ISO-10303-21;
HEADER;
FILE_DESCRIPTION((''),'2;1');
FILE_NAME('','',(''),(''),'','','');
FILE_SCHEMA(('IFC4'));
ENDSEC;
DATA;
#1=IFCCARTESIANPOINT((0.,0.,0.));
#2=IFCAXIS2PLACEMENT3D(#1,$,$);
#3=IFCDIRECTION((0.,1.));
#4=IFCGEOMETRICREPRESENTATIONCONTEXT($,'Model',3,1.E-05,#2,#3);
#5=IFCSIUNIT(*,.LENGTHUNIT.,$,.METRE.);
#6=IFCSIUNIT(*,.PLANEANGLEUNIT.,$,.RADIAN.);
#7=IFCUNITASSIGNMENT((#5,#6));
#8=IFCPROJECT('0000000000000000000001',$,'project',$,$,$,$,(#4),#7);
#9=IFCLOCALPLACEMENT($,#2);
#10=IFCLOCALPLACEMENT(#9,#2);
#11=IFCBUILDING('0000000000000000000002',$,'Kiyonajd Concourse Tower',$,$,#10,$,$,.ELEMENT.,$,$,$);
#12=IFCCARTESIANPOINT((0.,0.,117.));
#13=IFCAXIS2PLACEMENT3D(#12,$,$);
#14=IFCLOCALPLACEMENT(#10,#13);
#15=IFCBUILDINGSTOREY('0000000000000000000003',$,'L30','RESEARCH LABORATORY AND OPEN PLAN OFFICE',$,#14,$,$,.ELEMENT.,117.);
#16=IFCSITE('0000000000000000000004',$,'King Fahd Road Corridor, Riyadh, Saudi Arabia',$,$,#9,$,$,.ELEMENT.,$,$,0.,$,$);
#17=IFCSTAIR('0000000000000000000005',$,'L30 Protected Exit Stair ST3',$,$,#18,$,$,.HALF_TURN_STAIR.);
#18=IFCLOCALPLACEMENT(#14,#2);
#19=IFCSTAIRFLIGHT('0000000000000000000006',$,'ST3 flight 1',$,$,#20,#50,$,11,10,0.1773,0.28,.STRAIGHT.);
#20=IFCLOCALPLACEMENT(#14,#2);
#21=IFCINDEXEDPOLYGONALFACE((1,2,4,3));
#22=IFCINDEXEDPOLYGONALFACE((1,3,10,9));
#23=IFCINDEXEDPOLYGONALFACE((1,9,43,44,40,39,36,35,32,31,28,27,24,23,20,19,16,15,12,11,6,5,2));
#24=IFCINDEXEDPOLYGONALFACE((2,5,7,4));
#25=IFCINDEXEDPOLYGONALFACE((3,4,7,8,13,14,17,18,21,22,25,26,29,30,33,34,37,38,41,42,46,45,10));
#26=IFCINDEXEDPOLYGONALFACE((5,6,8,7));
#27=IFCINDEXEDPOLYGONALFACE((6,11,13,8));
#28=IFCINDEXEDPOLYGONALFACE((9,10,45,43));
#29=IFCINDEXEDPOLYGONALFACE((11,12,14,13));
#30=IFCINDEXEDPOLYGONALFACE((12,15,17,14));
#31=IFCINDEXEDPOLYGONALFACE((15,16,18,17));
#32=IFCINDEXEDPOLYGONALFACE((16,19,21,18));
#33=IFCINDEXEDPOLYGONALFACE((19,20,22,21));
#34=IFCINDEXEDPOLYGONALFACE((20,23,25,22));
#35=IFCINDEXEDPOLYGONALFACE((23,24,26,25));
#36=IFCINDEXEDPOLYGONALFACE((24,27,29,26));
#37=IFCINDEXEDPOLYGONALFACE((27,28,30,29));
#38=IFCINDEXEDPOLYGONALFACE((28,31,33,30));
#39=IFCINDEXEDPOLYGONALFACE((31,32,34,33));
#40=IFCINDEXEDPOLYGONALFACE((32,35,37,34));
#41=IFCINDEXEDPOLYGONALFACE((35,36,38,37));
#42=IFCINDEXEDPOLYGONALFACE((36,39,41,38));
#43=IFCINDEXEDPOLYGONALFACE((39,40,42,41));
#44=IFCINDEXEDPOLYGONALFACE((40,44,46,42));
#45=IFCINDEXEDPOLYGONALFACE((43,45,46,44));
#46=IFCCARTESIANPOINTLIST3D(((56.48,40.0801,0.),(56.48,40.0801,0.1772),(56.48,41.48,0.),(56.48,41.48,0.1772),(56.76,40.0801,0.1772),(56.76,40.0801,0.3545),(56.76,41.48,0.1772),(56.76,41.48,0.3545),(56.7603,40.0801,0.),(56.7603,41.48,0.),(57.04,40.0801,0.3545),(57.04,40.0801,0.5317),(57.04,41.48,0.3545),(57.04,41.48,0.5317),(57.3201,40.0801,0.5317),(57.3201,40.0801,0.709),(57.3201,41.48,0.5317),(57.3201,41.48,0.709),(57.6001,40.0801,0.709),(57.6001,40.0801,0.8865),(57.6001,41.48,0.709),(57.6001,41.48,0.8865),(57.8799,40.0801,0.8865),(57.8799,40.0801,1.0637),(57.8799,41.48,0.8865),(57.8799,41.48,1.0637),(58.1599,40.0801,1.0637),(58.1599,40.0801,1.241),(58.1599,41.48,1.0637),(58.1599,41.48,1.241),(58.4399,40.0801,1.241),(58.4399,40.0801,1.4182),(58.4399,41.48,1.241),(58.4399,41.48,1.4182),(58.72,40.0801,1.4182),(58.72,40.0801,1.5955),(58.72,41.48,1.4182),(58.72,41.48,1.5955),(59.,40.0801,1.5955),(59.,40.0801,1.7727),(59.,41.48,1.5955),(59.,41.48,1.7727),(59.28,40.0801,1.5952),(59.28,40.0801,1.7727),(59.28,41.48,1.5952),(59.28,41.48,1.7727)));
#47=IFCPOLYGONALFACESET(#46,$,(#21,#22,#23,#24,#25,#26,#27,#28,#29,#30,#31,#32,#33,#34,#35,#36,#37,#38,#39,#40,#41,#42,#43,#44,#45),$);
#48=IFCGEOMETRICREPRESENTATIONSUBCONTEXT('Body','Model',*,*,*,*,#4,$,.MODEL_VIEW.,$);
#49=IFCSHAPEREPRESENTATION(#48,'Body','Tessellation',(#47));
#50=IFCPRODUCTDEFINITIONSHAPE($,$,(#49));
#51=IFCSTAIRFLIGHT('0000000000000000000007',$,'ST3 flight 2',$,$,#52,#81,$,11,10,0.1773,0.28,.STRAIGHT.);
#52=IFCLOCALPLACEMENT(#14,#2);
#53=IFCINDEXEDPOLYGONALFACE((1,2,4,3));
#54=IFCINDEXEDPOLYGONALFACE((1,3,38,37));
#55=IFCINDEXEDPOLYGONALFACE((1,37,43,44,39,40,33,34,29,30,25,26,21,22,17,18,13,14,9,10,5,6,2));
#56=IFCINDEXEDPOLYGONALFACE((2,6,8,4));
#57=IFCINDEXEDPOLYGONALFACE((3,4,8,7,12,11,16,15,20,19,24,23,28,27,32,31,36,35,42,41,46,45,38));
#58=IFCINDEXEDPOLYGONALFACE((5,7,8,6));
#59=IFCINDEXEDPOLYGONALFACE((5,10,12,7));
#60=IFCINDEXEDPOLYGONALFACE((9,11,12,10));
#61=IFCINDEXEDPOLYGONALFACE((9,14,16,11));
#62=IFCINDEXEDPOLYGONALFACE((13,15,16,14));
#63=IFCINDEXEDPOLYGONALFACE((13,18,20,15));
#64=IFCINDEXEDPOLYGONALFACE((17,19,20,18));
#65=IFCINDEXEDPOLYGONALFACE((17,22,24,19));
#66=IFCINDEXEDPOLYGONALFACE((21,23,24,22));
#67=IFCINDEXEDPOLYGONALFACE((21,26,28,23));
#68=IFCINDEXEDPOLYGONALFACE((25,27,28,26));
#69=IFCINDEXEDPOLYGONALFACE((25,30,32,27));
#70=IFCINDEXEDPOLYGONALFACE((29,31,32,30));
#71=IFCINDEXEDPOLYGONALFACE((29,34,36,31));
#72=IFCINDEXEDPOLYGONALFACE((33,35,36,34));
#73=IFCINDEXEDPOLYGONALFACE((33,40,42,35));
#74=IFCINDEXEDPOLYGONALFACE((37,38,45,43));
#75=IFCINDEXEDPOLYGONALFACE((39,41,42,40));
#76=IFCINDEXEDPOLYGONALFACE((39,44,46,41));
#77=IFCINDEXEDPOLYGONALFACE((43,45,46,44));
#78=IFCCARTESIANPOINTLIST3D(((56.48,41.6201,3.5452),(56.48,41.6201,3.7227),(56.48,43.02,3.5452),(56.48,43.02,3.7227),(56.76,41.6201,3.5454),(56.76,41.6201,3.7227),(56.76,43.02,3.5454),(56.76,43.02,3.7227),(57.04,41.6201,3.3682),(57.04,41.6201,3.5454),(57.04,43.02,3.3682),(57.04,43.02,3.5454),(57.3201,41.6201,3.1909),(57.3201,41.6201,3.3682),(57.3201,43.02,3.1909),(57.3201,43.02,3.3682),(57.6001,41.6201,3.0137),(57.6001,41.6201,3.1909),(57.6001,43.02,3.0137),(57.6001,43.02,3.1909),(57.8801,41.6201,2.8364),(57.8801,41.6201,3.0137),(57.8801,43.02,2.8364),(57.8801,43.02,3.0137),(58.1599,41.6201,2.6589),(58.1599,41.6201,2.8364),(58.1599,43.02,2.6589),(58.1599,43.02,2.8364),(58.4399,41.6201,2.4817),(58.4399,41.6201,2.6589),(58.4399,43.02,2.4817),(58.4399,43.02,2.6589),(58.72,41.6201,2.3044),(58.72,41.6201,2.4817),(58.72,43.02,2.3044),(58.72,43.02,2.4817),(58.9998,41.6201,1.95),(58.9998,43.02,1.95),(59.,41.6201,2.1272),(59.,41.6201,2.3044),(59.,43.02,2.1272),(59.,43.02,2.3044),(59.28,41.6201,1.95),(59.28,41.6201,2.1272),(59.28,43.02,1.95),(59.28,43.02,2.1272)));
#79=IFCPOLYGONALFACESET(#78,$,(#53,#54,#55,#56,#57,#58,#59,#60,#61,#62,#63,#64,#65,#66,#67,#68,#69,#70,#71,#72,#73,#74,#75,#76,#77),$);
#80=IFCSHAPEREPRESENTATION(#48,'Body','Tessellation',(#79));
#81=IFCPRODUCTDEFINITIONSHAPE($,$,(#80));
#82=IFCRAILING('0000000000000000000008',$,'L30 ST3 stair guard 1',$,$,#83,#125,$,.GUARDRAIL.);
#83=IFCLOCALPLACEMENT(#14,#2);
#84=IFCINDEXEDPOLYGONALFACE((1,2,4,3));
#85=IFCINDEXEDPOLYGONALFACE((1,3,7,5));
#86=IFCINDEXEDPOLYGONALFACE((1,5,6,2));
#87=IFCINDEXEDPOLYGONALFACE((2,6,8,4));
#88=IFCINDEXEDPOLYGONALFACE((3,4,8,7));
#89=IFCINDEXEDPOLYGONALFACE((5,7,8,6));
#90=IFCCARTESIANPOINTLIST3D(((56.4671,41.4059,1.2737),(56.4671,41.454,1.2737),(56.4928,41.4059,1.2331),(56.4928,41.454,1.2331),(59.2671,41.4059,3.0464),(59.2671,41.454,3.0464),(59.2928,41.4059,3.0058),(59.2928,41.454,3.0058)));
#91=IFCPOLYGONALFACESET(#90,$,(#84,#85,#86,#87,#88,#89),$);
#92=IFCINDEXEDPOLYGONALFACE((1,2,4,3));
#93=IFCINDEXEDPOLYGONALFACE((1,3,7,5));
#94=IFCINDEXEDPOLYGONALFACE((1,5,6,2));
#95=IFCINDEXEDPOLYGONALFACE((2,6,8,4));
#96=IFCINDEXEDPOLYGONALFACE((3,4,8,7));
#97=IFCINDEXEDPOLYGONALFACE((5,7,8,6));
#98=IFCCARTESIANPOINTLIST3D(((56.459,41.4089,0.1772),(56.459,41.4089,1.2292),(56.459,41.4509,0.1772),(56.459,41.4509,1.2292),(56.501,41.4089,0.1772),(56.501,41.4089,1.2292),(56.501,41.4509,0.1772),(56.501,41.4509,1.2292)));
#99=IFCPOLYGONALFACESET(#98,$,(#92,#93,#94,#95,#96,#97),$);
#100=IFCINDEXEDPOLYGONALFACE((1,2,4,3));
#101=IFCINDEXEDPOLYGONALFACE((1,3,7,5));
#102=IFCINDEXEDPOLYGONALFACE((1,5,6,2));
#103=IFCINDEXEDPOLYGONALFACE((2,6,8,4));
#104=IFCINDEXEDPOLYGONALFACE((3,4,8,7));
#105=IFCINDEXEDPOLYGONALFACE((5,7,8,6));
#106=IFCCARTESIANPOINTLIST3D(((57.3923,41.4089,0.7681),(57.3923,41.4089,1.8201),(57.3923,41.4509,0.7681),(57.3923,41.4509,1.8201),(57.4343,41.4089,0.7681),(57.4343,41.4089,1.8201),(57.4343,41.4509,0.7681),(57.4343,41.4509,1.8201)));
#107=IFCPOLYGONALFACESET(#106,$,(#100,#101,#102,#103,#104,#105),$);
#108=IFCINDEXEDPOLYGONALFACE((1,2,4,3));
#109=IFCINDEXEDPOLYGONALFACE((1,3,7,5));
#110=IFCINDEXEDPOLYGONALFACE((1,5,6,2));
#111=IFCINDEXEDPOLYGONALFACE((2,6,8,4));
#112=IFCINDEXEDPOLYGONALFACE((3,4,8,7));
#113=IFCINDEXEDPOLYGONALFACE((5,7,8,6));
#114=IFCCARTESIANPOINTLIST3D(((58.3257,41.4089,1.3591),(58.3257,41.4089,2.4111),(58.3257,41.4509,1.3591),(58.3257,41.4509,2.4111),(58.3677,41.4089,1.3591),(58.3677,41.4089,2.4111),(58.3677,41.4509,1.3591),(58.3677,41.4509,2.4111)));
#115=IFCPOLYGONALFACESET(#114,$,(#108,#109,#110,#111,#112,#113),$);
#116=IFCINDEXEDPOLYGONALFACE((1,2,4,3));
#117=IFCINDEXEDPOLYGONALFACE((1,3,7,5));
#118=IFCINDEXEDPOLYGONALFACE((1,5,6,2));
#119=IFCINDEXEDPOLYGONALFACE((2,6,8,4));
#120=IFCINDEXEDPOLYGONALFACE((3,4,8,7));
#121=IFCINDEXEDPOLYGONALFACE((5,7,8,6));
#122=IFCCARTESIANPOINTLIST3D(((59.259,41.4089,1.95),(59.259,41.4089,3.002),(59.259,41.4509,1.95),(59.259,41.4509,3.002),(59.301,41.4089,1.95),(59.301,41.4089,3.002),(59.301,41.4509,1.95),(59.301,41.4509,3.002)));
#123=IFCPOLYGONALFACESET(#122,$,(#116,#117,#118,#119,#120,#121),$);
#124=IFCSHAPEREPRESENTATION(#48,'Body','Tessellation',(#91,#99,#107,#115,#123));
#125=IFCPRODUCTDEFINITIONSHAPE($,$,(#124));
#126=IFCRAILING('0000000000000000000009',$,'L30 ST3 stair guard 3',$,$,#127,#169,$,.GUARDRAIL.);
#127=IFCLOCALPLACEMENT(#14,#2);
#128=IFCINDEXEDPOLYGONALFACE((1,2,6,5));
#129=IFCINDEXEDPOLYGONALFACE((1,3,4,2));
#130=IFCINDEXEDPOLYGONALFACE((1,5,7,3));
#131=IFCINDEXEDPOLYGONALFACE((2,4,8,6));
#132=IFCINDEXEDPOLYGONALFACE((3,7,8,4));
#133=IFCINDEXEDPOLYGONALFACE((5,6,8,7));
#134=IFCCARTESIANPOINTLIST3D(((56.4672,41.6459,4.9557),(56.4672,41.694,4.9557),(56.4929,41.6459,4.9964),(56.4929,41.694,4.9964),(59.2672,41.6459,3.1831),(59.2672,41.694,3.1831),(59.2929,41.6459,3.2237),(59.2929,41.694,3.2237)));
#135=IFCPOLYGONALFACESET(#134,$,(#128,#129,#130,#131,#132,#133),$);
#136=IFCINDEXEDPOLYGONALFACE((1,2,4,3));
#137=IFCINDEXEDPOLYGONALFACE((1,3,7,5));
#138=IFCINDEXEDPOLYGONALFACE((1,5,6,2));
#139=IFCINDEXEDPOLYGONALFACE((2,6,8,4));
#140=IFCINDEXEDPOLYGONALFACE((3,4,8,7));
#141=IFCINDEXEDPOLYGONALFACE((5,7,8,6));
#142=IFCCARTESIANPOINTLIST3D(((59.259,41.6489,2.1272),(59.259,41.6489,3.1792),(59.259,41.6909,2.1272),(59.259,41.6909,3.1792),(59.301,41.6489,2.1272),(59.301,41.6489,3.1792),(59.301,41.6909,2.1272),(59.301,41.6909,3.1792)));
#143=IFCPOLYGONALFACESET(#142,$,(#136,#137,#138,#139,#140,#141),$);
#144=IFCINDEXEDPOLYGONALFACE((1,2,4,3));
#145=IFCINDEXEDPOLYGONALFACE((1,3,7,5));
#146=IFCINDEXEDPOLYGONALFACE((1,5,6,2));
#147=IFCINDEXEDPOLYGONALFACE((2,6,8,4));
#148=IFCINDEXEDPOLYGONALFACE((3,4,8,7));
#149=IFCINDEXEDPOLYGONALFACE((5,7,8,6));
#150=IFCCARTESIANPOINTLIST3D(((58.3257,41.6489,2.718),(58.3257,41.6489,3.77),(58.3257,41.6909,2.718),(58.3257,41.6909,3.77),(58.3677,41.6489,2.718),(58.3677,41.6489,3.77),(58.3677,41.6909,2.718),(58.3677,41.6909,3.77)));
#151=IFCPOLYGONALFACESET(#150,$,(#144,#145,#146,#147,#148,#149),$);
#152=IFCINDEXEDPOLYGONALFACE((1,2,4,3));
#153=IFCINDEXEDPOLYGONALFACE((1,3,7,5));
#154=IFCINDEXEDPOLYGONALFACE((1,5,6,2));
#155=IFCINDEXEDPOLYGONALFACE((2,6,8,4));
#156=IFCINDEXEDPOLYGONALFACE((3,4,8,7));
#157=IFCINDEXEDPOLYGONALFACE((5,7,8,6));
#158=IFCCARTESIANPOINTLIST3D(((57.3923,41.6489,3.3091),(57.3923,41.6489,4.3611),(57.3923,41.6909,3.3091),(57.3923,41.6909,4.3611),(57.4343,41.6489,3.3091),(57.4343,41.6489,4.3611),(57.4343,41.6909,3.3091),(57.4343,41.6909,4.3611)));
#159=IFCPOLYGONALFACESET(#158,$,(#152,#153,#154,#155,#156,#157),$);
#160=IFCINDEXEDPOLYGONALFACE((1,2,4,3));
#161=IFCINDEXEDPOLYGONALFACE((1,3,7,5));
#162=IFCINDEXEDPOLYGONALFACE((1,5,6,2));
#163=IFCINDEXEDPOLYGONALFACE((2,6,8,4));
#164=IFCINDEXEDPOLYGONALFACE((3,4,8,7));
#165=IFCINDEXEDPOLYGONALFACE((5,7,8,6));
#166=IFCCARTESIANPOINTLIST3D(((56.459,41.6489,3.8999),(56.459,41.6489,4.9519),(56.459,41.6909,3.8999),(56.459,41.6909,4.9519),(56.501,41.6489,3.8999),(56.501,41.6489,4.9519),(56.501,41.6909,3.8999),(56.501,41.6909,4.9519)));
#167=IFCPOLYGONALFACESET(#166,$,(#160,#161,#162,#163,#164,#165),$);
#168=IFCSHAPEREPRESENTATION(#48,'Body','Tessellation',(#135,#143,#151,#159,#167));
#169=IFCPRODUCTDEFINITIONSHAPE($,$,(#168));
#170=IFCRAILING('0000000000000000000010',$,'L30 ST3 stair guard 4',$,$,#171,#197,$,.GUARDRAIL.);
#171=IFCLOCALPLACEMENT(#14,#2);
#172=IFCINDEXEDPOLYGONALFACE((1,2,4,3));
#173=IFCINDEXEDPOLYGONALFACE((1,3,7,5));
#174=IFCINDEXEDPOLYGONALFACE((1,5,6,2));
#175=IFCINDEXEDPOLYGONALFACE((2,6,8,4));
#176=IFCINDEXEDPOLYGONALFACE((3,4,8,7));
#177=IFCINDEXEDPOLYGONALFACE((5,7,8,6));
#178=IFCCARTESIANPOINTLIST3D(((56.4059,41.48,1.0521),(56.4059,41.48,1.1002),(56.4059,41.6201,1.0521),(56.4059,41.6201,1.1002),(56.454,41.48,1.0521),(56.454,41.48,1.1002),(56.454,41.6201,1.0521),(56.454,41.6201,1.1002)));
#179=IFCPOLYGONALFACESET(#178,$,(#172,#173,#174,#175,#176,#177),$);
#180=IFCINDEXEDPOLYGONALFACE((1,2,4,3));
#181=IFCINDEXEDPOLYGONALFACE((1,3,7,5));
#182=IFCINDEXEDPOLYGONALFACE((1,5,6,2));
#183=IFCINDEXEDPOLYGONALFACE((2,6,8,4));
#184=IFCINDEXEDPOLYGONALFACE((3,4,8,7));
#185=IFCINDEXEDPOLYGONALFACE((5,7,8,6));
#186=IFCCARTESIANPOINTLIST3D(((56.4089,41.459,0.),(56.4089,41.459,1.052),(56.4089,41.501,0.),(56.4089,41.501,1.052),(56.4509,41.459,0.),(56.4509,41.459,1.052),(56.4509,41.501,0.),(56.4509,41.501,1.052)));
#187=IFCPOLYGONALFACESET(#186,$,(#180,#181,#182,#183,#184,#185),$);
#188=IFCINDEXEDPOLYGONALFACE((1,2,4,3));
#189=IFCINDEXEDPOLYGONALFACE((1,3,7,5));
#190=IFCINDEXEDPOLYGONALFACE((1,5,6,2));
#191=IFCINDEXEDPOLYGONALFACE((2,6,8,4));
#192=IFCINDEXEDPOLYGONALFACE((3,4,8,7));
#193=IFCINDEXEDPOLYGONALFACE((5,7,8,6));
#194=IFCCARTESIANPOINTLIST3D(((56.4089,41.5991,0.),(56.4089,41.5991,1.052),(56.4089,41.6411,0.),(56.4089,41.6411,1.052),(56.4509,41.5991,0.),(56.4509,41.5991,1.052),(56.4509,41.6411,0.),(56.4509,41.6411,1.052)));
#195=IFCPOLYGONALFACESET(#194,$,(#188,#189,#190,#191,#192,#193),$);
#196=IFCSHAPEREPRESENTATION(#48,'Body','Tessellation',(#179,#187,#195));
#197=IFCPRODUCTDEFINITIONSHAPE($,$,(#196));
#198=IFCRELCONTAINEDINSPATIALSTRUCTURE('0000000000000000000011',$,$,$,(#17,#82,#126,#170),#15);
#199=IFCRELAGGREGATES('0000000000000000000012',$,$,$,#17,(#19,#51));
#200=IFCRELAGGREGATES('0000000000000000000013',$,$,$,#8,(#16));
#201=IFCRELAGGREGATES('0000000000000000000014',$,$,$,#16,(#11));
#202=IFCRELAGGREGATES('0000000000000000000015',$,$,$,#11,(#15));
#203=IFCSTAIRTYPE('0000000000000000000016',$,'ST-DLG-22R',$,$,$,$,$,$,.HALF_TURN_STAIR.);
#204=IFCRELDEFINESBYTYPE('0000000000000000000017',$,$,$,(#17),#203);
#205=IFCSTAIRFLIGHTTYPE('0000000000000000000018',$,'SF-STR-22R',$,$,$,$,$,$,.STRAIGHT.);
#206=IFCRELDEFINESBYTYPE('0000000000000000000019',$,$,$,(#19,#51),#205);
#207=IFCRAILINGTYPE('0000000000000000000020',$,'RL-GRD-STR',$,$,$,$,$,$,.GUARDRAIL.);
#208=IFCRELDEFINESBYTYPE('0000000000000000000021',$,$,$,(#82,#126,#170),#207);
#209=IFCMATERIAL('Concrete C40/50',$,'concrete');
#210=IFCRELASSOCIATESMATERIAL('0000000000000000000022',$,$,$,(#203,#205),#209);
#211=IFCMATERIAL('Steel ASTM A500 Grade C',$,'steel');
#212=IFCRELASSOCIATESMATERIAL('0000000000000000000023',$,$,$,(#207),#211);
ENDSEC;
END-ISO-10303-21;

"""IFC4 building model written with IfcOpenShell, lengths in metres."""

from ifc_helpers import new_model, si_unit, direction, frame, origin, origin_2d, place, context, subcontext, project, spatial, polyline, rectangle, outline, extrude, material, type_object, element, aggregate, save


model = new_model("IFC4")

# Units and contexts
model_context = context("Model", 3, precision=1e-05, world=origin(), true_north=direction((0.0, 1.0)))
body_context = subcontext(model_context, "Body", "Model", "MODEL_VIEW")
ifc_project = project(units=[si_unit("LENGTHUNIT", "METRE"), si_unit("PLANEANGLEUNIT", "RADIAN")], contexts=[model_context])

# Site, building, storey
site_placement = place(None, origin())
site = spatial("IfcSite", under=ifc_project, at=site_placement, Name="King Fahd Road Corridor, Riyadh, Saudi Arabia", CompositionType="ELEMENT", RefElevation=0.0)
building_placement = place(site_placement, origin())
building = spatial("IfcBuilding", under=site, at=building_placement, Name="Kiyonajd Concourse Tower", CompositionType="ELEMENT")
storey_placement = place(building_placement, frame((0.0, 0.0, 117.0)))
storey = spatial("IfcBuildingStorey", under=building, at=storey_placement, Name="L30", Description="RESEARCH LABORATORY AND OPEN PLAN OFFICE", CompositionType="ELEMENT", Elevation=117.0)

# Stair, stair flights
ifc_material_1 = material(Name="Concrete C40/50", Category="concrete")
stair_type = type_object("IfcStairType", Name="ST-DLG-22R", PredefinedType="HALF_TURN_STAIR", material=ifc_material_1)
stair_placement = place(storey_placement, origin())
stair = element("IfcStair", 1, at=stair_placement, inside=storey, type_object=stair_type, Name="L30 Protected Exit Stair ST3", PredefinedType="HALF_TURN_STAIR")
stair_flight_type = type_object("IfcStairFlightType", Name="SF-STR-22R", PredefinedType="STRAIGHT", material=ifc_material_1)
stair_flight_1_placement = place(storey_placement, frame((56.48, 40.78, 0.0), z_axis=(0.0, 0.0, 1.0), x_axis=(1.0, 0.0, 0.0)))
stair_flight_1 = element("IfcStairFlight", 2, at=stair_flight_1_placement, type_object=stair_flight_type, Name="ST3 flight 1", NumberOfRisers=11, NumberOfTreads=10, PredefinedType="STRAIGHT", RiserHeight=0.1773, TreadLength=0.28, context=body_context, shape_type="SweptSolid", body=[
    extrude(outline(polyline([(0.0, 0.0), (0.0, 0.1772), (0.28, 0.1772), (0.28, 0.3545), (0.5601, 0.3545), (0.5601, 0.5317), (0.8401, 0.5317), (0.8401, 0.709), (1.1201, 0.709), (1.1201, 0.8865), (1.3999, 0.8865), (1.3999, 1.0637), (1.6799, 1.0637), (1.6799, 1.241), (1.96, 1.241), (1.96, 1.4182), (2.24, 1.4182), (2.24, 1.5955), (2.52, 1.5955), (2.52, 1.7727), (2.8, 1.7727), (2.8, 1.95), (2.8, 1.5952), (0.2803, 0.0), (0.0, 0.0)])), frame((0.0, 0.7, 0.0), z_axis=(0.0, -1.0, 0.0), x_axis=(1.0, 0.0, 0.0)), (0.0, 0.0, 1.0), 1.3999),
])
stair_flight_2_placement = place(storey_placement, frame((59.28, 42.3201, 1.95), z_axis=(0.0, 0.0, 1.0), x_axis=(-1.0, 0.0, 0.0)))
stair_flight_2 = element("IfcStairFlight", 3, at=stair_flight_2_placement, type_object=stair_flight_type, Name="ST3 flight 2", NumberOfRisers=11, NumberOfTreads=10, PredefinedType="STRAIGHT", RiserHeight=0.1773, TreadLength=0.28, context=body_context, shape_type="SweptSolid", body=[
    extrude(outline(polyline([(0.0, 0.0), (0.0, 0.1772), (0.28, 0.1772), (0.28, 0.3545), (0.5601, 0.3545), (0.5601, 0.5317), (0.8401, 0.5317), (0.8401, 0.709), (1.1201, 0.709), (1.1201, 0.8865), (1.3999, 0.8865), (1.3999, 1.0637), (1.6799, 1.0637), (1.6799, 1.241), (1.96, 1.241), (1.96, 1.4182), (2.24, 1.4182), (2.24, 1.5955), (2.52, 1.5955), (2.52, 1.7727), (2.8, 1.7727), (2.8, 1.95), (2.8, 1.5952), (0.2803, 0.0), (0.0, 0.0)])), frame((0.0, 0.7, 0.0), z_axis=(0.0, -1.0, 0.0), x_axis=(1.0, 0.0, 0.0)), (0.0, 0.0, 1.0), 1.3999),
])
aggregate(stair, [stair_flight_1, stair_flight_2])

# Railings
ifc_material_2 = material(Name="Steel ASTM A500 Grade C", Category="steel")
railing_type_1 = type_object("IfcRailingType", Name="RL-GRD-STR", PredefinedType="GUARDRAIL", material=ifc_material_2)
railing_1_placement = place(storey_placement, frame((56.48, 41.4299, 0.1772)))
element("IfcRailing", 4, at=railing_1_placement, inside=storey, type_object=railing_type_1, Name="L30 ST3 stair guard 1", PredefinedType="GUARDRAIL", context=body_context, shape_type="SweptSolid", body=[
    extrude(rectangle(XDim=0.0481, YDim=0.0481, at=origin_2d()), frame((0.0, 0.0, 1.0762), z_axis=(0.844909, 0.0, 0.53491), x_axis=(0.0, 1.0, 0.0)), (0.0, 0.0, 1.0), 3.314),
    extrude(rectangle(XDim=0.042, YDim=0.042, at=origin_2d()), origin(), (0.0, 0.0, 1.0), 1.052),
    extrude(rectangle(XDim=0.042, YDim=0.042, at=origin_2d()), frame((0.9333, 0.0, 0.5908)), (0.0, 0.0, 1.0), 1.052),
    extrude(rectangle(XDim=0.042, YDim=0.042, at=origin_2d()), frame((1.8667, 0.0, 1.1819)), (0.0, 0.0, 1.0), 1.052),
    extrude(rectangle(XDim=0.042, YDim=0.042, at=origin_2d()), frame((2.8, 0.0, 1.7727)), (0.0, 0.0, 1.0), 1.052),
])
railing_2_placement = place(storey_placement, frame((59.28, 41.6699, 2.1272)))
element("IfcRailing", 5, at=railing_2_placement, inside=storey, type_object=railing_type_1, Name="L30 ST3 stair guard 3", PredefinedType="GUARDRAIL", context=body_context, shape_type="SweptSolid", body=[
    extrude(rectangle(XDim=0.0481, YDim=0.0481, at=origin_2d()), frame((0.0, 0.0, 1.0762), z_axis=(-0.844909, 0.0, 0.53491), x_axis=(0.0, -1.0, 0.0)), (0.0, 0.0, 1.0), 3.314),
    extrude(rectangle(XDim=0.042, YDim=0.042, at=origin_2d()), origin(), (0.0, 0.0, 1.0), 1.052),
    extrude(rectangle(XDim=0.042, YDim=0.042, at=origin_2d()), frame((-0.9333, 0.0, 0.5908)), (0.0, 0.0, 1.0), 1.052),
    extrude(rectangle(XDim=0.042, YDim=0.042, at=origin_2d()), frame((-1.8667, 0.0, 1.1819)), (0.0, 0.0, 1.0), 1.052),
    extrude(rectangle(XDim=0.042, YDim=0.042, at=origin_2d()), frame((-2.8, 0.0, 1.7727)), (0.0, 0.0, 1.0), 1.052),
])
railing_3_placement = place(storey_placement, frame((56.4299, 41.48, 0.0)))
element("IfcRailing", 6, at=railing_3_placement, inside=storey, type_object=railing_type_1, Name="L30 ST3 stair guard 4", PredefinedType="GUARDRAIL", context=body_context, shape_type="SweptSolid", body=[
    extrude(rectangle(XDim=0.0481, YDim=0.0481, at=origin_2d()), frame((0.0, 0.0, 1.0762), z_axis=(0.0, 1.0, 0.0), x_axis=(-1.0, 0.0, 0.0)), (0.0, 0.0, 1.0), 0.1401),
    extrude(rectangle(XDim=0.042, YDim=0.042, at=origin_2d()), origin(), (0.0, 0.0, 1.0), 1.052),
    extrude(rectangle(XDim=0.042, YDim=0.042, at=origin_2d()), frame((0.0, 0.1401, 0.0)), (0.0, 0.0, 1.0), 1.052),
])

save(model, "model.ifc")
